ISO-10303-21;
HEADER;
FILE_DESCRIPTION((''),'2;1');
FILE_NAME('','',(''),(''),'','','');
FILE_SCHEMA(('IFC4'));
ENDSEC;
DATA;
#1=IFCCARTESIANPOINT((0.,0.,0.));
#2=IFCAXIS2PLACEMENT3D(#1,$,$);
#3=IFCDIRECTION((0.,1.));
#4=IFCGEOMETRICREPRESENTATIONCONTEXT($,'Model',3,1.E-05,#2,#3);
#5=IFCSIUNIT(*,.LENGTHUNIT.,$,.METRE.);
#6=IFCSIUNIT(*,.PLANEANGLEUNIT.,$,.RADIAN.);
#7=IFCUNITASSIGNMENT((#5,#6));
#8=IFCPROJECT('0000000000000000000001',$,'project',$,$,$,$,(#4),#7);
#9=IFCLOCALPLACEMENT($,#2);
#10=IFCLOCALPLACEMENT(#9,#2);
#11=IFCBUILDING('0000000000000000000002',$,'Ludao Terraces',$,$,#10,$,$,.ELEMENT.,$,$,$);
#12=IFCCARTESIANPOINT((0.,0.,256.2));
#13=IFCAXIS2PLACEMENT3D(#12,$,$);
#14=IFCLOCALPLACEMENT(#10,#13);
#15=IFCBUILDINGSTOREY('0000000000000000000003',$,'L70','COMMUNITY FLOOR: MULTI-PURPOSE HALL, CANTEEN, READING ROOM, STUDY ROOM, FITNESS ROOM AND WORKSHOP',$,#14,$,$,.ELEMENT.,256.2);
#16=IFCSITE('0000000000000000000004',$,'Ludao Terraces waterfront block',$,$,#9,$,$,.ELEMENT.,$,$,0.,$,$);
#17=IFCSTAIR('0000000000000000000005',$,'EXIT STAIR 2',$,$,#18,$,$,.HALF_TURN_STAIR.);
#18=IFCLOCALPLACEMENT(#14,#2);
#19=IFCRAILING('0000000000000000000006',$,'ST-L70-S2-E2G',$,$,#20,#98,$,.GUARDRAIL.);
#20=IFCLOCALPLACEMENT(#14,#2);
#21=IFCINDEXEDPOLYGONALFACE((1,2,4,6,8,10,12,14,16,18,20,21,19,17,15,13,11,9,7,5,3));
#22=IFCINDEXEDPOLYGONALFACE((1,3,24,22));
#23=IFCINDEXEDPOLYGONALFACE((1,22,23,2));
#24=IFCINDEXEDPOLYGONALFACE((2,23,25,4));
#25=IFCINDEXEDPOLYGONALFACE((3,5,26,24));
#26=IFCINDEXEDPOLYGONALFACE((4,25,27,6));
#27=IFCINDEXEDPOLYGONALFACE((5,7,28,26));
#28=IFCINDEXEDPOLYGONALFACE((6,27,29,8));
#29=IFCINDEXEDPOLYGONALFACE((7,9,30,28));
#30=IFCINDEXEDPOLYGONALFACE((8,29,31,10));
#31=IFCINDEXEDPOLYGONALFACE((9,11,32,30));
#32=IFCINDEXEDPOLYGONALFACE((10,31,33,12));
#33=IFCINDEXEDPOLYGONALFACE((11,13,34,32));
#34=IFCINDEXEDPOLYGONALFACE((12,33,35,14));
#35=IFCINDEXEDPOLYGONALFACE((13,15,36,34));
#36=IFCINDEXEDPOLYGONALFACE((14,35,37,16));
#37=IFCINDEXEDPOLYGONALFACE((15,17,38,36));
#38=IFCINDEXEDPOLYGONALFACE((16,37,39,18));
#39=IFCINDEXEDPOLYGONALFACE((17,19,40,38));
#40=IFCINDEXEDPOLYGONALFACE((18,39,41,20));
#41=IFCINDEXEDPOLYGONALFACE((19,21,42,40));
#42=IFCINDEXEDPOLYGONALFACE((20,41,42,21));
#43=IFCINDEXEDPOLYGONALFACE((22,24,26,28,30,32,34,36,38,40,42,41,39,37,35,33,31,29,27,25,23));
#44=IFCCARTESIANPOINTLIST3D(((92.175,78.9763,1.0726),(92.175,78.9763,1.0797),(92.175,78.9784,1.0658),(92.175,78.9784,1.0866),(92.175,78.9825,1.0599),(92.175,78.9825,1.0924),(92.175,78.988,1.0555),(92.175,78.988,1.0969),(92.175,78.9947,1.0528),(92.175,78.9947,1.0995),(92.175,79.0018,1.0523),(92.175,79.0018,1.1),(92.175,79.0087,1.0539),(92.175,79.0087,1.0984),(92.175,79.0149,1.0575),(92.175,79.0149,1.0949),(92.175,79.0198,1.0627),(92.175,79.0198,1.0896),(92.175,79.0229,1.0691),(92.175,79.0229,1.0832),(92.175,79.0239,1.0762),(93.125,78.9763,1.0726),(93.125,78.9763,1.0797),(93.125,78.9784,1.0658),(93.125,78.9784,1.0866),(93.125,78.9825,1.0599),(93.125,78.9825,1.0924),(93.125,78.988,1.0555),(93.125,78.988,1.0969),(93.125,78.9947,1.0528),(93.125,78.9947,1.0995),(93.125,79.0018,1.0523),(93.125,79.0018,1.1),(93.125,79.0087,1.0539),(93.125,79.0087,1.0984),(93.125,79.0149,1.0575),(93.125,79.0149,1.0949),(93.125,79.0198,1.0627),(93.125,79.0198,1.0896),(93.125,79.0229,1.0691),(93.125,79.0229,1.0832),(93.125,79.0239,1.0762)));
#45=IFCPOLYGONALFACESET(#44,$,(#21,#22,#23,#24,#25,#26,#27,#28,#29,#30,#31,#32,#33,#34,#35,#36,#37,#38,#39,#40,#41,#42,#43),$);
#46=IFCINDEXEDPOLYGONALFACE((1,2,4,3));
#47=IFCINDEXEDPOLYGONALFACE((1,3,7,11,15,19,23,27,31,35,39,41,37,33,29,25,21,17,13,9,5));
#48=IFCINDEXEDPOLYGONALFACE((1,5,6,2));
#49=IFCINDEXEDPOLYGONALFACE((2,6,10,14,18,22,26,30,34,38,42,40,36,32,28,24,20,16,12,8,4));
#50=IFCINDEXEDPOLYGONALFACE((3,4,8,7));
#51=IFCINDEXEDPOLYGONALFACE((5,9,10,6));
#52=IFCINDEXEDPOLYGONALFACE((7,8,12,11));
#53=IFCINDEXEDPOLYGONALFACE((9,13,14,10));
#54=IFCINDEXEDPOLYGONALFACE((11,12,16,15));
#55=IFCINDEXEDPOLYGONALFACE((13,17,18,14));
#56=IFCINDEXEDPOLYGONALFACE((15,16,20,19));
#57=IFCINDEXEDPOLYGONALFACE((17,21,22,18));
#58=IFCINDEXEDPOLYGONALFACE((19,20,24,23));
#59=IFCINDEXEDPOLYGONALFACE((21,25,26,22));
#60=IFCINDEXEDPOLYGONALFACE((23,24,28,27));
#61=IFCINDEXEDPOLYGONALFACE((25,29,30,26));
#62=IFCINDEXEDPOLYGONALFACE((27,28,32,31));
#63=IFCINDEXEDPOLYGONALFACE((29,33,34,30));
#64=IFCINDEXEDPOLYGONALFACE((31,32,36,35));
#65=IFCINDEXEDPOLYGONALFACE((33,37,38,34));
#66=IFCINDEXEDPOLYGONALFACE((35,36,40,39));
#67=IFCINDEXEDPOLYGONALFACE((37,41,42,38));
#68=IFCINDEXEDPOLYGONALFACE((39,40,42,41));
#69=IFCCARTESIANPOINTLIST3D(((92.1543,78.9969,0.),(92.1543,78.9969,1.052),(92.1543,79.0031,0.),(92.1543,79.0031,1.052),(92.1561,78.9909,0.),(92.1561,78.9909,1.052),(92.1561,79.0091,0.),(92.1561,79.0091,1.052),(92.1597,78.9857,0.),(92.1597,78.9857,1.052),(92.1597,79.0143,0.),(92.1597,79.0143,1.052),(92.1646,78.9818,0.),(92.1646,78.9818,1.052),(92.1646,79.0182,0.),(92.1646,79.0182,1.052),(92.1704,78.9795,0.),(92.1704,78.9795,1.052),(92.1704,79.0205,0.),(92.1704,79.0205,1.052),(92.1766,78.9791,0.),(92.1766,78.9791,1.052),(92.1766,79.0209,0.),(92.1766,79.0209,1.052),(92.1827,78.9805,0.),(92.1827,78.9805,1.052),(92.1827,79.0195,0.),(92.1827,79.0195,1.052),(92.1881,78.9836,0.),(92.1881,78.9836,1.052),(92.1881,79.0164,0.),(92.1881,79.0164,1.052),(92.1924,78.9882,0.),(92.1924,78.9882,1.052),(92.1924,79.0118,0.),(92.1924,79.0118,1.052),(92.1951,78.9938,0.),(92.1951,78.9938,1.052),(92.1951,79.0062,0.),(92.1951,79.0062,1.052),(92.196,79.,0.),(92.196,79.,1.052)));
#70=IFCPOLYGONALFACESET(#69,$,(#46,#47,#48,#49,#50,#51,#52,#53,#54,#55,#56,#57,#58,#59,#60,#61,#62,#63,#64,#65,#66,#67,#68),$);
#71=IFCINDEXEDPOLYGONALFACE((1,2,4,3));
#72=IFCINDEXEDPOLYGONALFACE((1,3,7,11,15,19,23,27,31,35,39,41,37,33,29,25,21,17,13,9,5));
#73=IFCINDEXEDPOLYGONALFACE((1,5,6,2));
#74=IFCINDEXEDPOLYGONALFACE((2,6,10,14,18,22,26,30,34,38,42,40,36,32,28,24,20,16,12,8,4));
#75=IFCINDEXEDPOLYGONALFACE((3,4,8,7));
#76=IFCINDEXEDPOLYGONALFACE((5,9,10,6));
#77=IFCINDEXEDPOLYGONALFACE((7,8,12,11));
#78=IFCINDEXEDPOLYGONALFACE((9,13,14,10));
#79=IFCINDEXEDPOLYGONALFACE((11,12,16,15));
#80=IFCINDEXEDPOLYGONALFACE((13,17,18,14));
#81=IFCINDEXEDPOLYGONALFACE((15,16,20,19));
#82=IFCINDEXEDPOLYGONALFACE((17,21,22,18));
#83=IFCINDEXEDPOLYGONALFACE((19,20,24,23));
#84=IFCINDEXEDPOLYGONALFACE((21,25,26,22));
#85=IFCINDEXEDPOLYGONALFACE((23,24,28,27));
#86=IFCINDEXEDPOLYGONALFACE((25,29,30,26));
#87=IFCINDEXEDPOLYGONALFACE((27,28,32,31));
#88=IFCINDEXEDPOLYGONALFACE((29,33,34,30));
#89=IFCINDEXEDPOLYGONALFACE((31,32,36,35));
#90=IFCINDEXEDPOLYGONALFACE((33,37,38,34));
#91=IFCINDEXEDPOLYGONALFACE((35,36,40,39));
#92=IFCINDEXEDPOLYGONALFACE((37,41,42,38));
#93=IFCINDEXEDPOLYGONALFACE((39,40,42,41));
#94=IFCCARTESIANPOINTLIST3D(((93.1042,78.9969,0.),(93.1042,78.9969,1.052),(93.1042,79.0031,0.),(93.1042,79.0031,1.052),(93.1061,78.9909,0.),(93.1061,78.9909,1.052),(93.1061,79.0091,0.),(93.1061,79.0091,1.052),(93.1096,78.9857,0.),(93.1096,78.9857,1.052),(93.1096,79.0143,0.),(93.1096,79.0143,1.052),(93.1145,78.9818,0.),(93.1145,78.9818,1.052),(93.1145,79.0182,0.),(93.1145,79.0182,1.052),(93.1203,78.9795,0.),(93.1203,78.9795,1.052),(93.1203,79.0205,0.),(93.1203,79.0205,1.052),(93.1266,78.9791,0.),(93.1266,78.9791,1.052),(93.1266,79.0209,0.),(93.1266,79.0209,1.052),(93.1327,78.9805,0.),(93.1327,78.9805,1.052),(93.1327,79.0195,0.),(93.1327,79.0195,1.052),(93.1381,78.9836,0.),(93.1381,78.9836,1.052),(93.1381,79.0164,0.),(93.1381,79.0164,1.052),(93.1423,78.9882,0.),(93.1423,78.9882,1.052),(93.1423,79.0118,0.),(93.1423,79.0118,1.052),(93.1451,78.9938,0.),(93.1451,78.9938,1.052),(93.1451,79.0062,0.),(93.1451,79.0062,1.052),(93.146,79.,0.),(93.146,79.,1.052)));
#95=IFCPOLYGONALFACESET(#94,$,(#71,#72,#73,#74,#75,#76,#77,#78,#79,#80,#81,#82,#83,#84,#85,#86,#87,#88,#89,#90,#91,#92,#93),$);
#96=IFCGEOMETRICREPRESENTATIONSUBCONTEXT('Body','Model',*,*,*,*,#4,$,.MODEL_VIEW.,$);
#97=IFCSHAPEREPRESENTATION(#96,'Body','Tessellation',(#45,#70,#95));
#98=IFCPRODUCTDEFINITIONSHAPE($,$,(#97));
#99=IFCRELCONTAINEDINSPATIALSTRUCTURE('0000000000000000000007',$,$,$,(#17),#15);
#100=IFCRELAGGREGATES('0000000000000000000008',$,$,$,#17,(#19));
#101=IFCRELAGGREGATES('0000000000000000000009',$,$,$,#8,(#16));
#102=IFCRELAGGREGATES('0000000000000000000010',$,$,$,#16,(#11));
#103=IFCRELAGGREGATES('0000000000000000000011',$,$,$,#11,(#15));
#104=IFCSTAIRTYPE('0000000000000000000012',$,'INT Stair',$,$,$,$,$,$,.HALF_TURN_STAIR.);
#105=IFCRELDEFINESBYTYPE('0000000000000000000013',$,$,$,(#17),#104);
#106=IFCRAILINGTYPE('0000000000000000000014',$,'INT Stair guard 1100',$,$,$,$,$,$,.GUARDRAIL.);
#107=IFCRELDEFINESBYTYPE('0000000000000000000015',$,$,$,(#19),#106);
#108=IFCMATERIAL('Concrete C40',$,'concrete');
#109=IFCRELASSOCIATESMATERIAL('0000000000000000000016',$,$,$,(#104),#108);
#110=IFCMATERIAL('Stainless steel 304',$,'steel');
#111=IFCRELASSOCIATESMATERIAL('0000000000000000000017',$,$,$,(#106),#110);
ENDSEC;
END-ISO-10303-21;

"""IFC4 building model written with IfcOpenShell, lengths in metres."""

from ifc_helpers import new_model, si_unit, direction, frame, origin, origin_2d, place, context, subcontext, project, spatial, circle, extrude, material, type_object, element, aggregate, save


model = new_model("IFC4")

# Units and contexts
model_context = context("Model", 3, precision=1e-05, world=origin(), true_north=direction((0.0, 1.0)))
body_context = subcontext(model_context, "Body", "Model", "MODEL_VIEW")
ifc_project = project(units=[si_unit("LENGTHUNIT", "METRE"), si_unit("PLANEANGLEUNIT", "RADIAN")], contexts=[model_context])

# Site, building, storey
site_placement = place(None, origin())
site = spatial("IfcSite", under=ifc_project, at=site_placement, Name="Ludao Terraces waterfront block", CompositionType="ELEMENT", RefElevation=0.0)
building_placement = place(site_placement, origin())
building = spatial("IfcBuilding", under=site, at=building_placement, Name="Ludao Terraces", CompositionType="ELEMENT")
storey_placement = place(building_placement, frame((0.0, 0.0, 256.2)))
storey = spatial("IfcBuildingStorey", under=building, at=storey_placement, Name="L70", Description="COMMUNITY FLOOR: MULTI-PURPOSE HALL, CANTEEN, READING ROOM, STUDY ROOM, FITNESS ROOM AND WORKSHOP", CompositionType="ELEMENT", Elevation=256.2)

# Shared definitions
ifc_material_1 = material(Name="Concrete C40", Category="concrete")

# Shared definitions
ifc_material_2 = material(Name="Stainless steel 304", Category="steel")

# Stair, railing
stair_type = type_object("IfcStairType", Name="INT Stair", PredefinedType="HALF_TURN_STAIR", material=ifc_material_1)
stair_placement = place(storey_placement, origin())
stair = element("IfcStair", 1, at=stair_placement, inside=storey, type_object=stair_type, Name="EXIT STAIR 2", PredefinedType="HALF_TURN_STAIR")
railing_type_1 = type_object("IfcRailingType", Name="INT Stair guard 1100", PredefinedType="GUARDRAIL", material=ifc_material_2)
railing_1_placement = place(storey_placement, frame((92.175, 79.0, 0.0)))
railing_1 = element("IfcRailing", 2, at=railing_1_placement, type_object=railing_type_1, Name="ST-L70-S2-E2G", PredefinedType="GUARDRAIL", context=body_context, shape_type="SweptSolid", body=[
    extrude(circle(Radius=0.0239, at=origin_2d()), frame((0.0, 0.0, 1.0762), z_axis=(1.0, 0.0, 0.0), x_axis=(0.0, 1.0, 0.0)), (0.0, 0.0, 1.0), 0.95),
    extrude(circle(Radius=0.021, at=origin_2d()), origin(), (0.0, 0.0, 1.0), 1.052),
    extrude(circle(Radius=0.021, at=origin_2d()), frame((0.95, 0.0, 0.0)), (0.0, 0.0, 1.0), 1.052),
])
aggregate(stair, [railing_1])

save(model, "model.ifc")
